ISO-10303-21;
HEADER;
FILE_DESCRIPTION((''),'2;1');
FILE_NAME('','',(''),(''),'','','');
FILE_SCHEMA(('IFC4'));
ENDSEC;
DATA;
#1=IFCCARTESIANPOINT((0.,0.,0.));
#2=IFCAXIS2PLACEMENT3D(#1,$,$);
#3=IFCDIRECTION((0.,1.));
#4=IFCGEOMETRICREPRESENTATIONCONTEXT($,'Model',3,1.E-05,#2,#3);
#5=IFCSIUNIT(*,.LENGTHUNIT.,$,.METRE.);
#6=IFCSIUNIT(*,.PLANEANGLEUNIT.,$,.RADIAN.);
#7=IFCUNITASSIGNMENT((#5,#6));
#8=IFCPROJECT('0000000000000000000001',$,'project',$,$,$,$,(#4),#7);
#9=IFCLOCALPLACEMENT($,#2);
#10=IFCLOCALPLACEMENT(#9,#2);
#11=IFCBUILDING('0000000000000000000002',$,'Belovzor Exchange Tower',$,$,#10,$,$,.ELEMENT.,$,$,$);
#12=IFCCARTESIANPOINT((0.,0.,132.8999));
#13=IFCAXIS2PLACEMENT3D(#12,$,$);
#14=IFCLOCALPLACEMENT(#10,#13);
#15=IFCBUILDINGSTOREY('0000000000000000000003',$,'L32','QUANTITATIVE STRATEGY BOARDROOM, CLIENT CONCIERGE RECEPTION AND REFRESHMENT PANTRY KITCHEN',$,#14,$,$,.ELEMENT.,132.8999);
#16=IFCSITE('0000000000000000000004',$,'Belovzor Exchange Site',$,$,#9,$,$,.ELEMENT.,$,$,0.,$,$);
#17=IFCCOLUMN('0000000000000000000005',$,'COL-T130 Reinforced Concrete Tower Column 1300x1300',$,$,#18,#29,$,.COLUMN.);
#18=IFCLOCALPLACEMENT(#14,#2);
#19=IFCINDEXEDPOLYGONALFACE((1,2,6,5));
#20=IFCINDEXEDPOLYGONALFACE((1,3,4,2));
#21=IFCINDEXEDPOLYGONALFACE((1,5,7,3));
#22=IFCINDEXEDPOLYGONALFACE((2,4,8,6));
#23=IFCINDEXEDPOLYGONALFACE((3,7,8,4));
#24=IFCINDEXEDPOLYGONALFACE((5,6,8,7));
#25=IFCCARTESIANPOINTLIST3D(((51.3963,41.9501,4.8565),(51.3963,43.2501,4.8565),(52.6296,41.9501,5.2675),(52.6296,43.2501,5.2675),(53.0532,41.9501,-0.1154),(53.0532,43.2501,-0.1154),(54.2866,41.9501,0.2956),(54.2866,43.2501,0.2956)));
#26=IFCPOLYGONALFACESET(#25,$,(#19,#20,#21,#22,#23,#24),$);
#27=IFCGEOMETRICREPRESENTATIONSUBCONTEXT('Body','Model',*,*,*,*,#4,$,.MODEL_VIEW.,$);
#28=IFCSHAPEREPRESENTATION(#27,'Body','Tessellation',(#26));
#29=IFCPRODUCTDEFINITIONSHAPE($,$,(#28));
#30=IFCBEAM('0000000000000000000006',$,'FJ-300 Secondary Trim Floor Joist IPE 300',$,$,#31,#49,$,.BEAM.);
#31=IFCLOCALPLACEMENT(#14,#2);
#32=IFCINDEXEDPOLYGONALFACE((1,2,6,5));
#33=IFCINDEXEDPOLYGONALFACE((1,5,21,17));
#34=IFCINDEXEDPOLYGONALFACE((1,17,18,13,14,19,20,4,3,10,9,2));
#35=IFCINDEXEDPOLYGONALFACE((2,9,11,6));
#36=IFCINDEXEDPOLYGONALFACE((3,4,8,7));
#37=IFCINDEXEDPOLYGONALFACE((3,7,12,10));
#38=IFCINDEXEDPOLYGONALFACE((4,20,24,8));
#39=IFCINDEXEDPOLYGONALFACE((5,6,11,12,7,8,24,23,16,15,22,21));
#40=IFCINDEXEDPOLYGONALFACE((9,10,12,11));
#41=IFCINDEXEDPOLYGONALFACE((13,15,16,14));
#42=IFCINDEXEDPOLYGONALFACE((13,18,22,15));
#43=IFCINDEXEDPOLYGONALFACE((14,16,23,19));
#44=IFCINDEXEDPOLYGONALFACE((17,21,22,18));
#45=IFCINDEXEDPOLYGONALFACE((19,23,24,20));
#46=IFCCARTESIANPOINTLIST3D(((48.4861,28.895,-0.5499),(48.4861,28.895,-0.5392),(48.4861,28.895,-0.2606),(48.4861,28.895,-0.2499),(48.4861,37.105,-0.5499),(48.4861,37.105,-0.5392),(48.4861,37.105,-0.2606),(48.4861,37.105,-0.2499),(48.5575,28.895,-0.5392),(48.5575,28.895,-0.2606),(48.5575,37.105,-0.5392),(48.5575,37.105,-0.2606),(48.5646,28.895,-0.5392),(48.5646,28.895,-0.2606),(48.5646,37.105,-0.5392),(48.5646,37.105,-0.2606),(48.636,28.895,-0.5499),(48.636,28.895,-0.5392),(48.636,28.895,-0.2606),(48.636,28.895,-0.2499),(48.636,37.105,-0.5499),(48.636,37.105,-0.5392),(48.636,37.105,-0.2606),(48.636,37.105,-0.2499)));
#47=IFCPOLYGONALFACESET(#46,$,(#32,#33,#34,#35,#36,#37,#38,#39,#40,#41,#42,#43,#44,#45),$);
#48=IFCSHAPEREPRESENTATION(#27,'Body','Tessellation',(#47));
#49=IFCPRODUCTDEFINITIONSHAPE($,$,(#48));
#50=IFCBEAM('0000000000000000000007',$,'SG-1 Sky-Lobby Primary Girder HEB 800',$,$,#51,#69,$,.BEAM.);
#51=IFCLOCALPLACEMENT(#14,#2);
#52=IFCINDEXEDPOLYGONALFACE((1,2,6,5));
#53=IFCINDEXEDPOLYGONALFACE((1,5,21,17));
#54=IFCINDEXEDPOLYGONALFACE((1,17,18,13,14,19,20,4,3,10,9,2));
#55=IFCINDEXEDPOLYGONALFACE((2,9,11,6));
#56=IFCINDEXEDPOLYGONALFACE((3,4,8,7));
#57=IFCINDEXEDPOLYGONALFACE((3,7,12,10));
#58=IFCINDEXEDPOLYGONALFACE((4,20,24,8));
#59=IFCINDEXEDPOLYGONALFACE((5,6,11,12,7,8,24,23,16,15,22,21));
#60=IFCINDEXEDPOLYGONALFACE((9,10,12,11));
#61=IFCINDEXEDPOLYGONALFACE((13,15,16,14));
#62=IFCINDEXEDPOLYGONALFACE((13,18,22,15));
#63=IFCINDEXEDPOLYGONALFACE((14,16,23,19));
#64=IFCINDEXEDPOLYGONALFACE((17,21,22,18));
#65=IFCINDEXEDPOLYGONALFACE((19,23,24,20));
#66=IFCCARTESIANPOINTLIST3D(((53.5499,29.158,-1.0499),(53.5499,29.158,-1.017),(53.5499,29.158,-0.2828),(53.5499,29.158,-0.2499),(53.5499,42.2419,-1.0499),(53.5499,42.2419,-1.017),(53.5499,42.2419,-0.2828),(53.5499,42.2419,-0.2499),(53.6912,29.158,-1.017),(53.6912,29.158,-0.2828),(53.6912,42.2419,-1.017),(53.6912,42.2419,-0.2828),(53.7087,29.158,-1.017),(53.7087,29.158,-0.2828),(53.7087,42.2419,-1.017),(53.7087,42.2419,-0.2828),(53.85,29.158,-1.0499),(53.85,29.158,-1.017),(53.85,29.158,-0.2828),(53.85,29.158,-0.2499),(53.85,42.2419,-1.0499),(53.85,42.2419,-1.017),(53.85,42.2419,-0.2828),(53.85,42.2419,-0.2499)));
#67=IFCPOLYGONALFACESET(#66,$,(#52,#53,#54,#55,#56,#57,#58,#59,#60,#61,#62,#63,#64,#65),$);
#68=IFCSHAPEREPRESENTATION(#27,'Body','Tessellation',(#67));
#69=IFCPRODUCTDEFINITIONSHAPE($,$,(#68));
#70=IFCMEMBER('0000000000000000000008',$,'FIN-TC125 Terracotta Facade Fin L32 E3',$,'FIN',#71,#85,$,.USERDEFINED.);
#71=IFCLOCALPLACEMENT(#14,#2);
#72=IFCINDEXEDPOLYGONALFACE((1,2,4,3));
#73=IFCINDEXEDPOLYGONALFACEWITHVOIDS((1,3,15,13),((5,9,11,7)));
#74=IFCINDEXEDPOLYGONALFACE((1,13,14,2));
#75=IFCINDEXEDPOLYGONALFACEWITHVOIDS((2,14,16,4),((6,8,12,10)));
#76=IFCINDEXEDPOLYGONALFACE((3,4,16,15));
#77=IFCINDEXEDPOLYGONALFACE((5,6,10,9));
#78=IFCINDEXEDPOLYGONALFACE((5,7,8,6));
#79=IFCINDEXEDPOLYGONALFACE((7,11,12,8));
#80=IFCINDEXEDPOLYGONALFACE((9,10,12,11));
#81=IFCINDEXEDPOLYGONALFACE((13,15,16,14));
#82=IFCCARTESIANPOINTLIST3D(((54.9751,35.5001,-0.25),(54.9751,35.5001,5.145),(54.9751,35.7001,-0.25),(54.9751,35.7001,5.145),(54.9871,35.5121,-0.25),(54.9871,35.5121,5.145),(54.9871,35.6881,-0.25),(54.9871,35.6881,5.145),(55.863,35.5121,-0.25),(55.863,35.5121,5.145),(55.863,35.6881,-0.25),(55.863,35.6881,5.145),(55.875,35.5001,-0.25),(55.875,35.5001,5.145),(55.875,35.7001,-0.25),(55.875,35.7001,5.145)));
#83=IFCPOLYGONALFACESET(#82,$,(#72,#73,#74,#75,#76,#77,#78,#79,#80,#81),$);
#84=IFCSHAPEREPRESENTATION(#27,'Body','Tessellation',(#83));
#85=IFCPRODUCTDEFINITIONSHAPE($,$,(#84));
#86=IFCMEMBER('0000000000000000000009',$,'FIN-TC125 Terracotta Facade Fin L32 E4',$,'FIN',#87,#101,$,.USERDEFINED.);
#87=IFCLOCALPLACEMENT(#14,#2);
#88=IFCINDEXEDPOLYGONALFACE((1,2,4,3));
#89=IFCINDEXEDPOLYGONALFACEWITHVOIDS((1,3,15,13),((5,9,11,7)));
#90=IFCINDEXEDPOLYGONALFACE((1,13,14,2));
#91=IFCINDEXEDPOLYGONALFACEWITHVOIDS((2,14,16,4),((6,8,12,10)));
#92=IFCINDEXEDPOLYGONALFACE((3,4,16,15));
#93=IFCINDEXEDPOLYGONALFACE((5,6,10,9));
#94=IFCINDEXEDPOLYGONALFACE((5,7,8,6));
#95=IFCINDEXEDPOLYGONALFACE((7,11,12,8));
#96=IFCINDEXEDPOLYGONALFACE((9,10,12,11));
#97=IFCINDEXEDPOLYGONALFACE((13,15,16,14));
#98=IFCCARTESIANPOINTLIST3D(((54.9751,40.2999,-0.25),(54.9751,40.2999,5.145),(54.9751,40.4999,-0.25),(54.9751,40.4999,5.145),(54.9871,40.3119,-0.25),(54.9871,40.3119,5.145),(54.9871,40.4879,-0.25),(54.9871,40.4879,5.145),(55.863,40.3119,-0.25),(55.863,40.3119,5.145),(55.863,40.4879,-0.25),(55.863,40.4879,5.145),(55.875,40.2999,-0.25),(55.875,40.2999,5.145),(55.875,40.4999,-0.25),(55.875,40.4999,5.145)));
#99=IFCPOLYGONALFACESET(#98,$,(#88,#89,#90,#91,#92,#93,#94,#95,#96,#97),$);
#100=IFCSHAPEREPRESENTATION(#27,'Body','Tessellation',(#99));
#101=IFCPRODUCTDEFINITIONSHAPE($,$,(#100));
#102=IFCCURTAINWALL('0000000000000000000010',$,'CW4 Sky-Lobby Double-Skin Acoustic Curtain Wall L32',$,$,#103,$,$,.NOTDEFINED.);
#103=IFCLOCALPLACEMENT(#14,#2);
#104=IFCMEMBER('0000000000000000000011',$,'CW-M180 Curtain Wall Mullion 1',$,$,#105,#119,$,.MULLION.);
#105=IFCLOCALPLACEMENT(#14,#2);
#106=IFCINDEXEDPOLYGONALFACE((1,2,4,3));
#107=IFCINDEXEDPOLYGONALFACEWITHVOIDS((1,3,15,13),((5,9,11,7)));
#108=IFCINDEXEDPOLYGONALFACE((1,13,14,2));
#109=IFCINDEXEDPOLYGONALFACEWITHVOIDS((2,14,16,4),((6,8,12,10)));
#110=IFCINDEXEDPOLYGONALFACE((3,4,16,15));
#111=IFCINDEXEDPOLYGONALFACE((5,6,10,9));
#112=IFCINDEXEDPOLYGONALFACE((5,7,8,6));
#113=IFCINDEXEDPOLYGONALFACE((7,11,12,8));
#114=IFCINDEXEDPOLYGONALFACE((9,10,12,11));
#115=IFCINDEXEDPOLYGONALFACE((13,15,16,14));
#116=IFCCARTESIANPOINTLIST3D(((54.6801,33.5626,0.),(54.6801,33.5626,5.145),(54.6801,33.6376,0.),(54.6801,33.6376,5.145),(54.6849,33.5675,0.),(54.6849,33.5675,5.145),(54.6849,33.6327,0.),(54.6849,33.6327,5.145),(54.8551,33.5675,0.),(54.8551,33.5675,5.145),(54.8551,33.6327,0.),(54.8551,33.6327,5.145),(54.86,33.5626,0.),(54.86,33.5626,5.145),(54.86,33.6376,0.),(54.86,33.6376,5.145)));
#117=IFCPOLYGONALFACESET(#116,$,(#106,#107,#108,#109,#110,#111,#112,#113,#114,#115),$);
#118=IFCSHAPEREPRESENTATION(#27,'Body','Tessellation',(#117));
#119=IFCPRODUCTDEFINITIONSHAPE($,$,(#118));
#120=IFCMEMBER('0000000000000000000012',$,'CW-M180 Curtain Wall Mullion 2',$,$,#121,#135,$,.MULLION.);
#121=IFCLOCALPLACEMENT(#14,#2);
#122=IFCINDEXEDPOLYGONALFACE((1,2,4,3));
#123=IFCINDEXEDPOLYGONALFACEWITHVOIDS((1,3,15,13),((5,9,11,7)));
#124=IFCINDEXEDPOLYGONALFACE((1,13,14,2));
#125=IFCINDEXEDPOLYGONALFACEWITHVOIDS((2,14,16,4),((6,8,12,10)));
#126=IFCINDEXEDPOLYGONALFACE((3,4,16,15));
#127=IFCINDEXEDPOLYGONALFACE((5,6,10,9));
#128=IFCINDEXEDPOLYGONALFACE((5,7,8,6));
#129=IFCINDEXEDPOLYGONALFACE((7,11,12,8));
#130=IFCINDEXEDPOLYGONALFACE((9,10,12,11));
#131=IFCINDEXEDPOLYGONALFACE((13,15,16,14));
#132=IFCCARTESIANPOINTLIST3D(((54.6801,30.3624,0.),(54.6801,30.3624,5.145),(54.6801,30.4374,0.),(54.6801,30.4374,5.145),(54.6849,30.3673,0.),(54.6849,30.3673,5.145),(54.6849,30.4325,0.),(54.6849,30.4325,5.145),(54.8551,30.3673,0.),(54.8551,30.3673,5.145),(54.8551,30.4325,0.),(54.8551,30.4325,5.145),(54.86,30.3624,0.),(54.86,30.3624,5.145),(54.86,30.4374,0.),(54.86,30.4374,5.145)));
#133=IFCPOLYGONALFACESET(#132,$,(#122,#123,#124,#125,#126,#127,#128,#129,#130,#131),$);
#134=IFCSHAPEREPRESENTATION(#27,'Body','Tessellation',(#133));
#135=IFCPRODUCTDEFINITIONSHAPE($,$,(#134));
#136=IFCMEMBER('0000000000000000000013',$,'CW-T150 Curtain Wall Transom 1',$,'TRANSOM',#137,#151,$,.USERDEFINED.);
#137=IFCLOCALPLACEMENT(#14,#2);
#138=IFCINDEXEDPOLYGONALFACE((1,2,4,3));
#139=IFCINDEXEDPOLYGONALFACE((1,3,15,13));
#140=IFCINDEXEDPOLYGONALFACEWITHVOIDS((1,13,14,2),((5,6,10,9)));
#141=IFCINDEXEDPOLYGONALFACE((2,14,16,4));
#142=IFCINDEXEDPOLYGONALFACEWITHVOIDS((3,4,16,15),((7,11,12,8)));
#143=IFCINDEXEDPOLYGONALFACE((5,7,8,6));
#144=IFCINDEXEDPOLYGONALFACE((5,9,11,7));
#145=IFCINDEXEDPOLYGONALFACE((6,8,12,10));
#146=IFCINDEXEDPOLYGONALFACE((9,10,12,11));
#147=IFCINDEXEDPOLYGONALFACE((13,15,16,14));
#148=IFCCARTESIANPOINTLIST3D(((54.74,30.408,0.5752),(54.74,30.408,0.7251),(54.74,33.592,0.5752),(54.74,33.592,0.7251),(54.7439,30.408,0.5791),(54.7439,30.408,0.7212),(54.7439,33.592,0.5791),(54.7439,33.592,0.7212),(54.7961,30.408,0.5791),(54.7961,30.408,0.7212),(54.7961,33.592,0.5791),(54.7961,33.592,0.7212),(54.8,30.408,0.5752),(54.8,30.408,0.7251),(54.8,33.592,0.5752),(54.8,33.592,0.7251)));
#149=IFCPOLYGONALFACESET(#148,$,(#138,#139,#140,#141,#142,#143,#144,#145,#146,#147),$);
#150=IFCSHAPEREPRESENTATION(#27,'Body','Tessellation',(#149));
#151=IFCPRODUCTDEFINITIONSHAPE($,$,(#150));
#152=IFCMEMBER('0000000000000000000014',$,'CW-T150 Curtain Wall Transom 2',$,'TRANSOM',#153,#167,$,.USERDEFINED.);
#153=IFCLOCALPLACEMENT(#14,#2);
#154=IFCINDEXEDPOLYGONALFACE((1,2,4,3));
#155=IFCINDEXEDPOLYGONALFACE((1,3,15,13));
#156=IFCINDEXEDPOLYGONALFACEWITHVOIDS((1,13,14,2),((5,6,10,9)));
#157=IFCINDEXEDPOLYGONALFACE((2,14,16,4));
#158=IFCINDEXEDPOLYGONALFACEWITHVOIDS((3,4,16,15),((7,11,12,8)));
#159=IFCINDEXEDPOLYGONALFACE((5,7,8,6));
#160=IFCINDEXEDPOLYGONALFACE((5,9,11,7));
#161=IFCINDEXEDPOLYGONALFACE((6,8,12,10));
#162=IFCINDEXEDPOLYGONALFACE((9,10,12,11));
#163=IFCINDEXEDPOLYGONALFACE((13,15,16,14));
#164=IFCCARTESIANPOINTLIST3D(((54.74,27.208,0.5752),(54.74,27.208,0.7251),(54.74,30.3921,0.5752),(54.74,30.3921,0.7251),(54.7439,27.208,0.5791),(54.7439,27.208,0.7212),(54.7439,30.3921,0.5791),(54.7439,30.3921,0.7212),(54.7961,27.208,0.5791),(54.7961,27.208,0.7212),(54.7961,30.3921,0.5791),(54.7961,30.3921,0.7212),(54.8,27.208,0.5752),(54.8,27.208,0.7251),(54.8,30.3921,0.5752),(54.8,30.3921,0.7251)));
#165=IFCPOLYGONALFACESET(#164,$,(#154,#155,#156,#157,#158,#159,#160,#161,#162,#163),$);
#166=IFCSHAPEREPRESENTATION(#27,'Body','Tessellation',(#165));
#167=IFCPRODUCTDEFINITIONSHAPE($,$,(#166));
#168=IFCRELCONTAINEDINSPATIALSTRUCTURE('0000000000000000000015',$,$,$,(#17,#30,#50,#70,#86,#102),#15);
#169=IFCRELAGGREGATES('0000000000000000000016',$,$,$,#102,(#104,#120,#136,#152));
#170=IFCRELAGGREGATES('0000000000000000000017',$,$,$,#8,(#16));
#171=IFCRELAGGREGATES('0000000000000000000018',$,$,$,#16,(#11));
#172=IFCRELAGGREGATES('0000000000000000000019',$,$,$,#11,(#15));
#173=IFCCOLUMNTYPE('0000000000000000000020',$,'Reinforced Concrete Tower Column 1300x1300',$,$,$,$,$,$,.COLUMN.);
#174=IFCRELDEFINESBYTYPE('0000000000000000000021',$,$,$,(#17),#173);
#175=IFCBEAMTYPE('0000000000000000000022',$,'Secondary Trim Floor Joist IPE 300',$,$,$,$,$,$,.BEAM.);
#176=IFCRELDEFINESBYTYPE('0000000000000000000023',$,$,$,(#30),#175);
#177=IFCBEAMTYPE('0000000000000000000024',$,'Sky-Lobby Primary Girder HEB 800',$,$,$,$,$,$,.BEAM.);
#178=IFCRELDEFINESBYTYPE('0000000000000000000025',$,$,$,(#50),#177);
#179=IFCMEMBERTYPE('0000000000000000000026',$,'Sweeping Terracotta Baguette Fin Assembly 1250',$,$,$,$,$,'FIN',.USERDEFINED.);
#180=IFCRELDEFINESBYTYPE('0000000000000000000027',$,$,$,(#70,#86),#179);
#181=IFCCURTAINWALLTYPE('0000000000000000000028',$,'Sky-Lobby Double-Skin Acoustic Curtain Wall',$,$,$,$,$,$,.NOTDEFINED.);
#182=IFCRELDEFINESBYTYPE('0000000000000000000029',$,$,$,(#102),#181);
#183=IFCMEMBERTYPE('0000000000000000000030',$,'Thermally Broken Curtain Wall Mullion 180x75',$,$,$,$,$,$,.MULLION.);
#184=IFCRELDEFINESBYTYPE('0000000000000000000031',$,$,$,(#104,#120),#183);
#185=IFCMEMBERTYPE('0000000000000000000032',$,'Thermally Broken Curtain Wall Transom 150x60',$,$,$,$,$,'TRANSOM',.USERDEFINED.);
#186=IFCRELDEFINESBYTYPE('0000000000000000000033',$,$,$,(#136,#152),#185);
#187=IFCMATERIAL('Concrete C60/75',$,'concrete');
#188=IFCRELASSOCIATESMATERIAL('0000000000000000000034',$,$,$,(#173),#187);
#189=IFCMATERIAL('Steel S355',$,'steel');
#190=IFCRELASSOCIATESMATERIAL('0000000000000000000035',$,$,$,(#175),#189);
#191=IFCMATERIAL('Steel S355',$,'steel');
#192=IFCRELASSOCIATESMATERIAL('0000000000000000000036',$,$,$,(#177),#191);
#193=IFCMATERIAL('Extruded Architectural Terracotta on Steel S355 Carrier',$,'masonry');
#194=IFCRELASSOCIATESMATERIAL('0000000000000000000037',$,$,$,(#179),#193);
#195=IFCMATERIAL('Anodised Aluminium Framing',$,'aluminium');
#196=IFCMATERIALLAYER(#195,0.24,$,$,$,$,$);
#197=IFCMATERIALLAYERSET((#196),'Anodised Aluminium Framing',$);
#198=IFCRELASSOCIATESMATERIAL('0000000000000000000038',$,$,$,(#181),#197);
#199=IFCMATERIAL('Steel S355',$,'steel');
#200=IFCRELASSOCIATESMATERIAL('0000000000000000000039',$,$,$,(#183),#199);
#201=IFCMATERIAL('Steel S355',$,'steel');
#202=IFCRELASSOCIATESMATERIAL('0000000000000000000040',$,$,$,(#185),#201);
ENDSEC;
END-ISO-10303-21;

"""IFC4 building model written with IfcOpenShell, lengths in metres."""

from ifc_helpers import new_model, si_unit, direction, frame, origin, origin_2d, place, context, subcontext, project, spatial, rectangle, hollow_rectangle, i_section, extrude, material, layer, layer_set, material_profile, profile_set, type_object, element, aggregate, save


model = new_model("IFC4")

# Units and contexts
model_context = context("Model", 3, precision=1e-05, world=origin(), true_north=direction((0.0, 1.0)))
body_context = subcontext(model_context, "Body", "Model", "MODEL_VIEW")
ifc_project = project(units=[si_unit("LENGTHUNIT", "METRE"), si_unit("PLANEANGLEUNIT", "RADIAN")], contexts=[model_context])

# Site, building, storey
site_placement = place(None, origin())
site = spatial("IfcSite", under=ifc_project, at=site_placement, Name="Belovzor Exchange Site", CompositionType="ELEMENT", RefElevation=0.0)
building_placement = place(site_placement, origin())
building = spatial("IfcBuilding", under=site, at=building_placement, Name="Belovzor Exchange Tower", CompositionType="ELEMENT")
storey_placement = place(building_placement, frame((0.0, 0.0, 132.8999)))
storey = spatial("IfcBuildingStorey", under=building, at=storey_placement, Name="L32", Description="QUANTITATIVE STRATEGY BOARDROOM, CLIENT CONCIERGE RECEPTION AND REFRESHMENT PANTRY KITCHEN", CompositionType="ELEMENT", Elevation=132.8999)

# Column
ifc_material_1 = material(Name="Concrete C60/75", Category="concrete")
ifc_material_profile_1 = material_profile(ifc_material_1, rectangle(XDim=1.3, YDim=1.3, at=origin_2d()))
ifc_profile_set_1 = profile_set([ifc_material_profile_1], Name="Concrete C60/75")
column_type = type_object("IfcColumnType", Name="Reinforced Concrete Tower Column 1300x1300", PredefinedType="COLUMN", material=ifc_profile_set_1)
column_placement = place(storey_placement, frame((53.6699, 42.6001, 0.0901), z_axis=(-0.316172, 0.0, 0.948702), x_axis=(0.0, -1.0, 0.0)))
element("IfcColumn", 1, at=column_placement, inside=storey, type_object=column_type, Name="COL-T130 Reinforced Concrete Tower Column 1300x1300", PredefinedType="COLUMN", context=body_context, shape_type="SweptSolid", body=[
    extrude(rectangle(XDim=1.3, YDim=1.3, at=origin_2d()), origin(), (0.0, 0.0, 1.0), 5.2407),
])

# Beams
ifc_material_2 = material(Name="Steel S355", Category="steel")
ifc_material_profile_2 = material_profile(ifc_material_2, i_section(OverallWidth=0.1499, OverallDepth=0.3, WebThickness=0.0071, FlangeThickness=0.0107, at=origin_2d()))
ifc_profile_set_2 = profile_set([ifc_material_profile_2], Name="Steel S355")
beam_type_1 = type_object("IfcBeamType", Name="Secondary Trim Floor Joist IPE 300", PredefinedType="BEAM", material=ifc_profile_set_2)
beam_1_placement = place(storey_placement, frame((48.561, 28.895, -0.3999), z_axis=(0.0, 1.0, 0.0), x_axis=(-1.0, 0.0, 0.0)))
element("IfcBeam", 2, at=beam_1_placement, inside=storey, type_object=beam_type_1, Name="FJ-300 Secondary Trim Floor Joist IPE 300", PredefinedType="BEAM", context=body_context, shape_type="SweptSolid", body=[
    extrude(i_section(OverallWidth=0.1499, OverallDepth=0.3, WebThickness=0.0071, FlangeThickness=0.0107, at=origin_2d()), origin(), (0.0, 0.0, 1.0), 8.21),
])
ifc_material_3 = material(Name="Steel S355", Category="steel")
ifc_material_profile_3 = material_profile(ifc_material_3, i_section(OverallWidth=0.3, OverallDepth=0.8, WebThickness=0.0176, FlangeThickness=0.033, at=origin_2d()))
ifc_profile_set_3 = profile_set([ifc_material_profile_3], Name="Steel S355")
beam_type_2 = type_object("IfcBeamType", Name="Sky-Lobby Primary Girder HEB 800", PredefinedType="BEAM", material=ifc_profile_set_3)
beam_2_placement = place(storey_placement, frame((53.7, 29.158, -0.6499), z_axis=(0.0, 1.0, 0.0), x_axis=(-1.0, 0.0, 0.0)))
element("IfcBeam", 3, at=beam_2_placement, inside=storey, type_object=beam_type_2, Name="SG-1 Sky-Lobby Primary Girder HEB 800", PredefinedType="BEAM", context=body_context, shape_type="SweptSolid", body=[
    extrude(i_section(OverallWidth=0.3, OverallDepth=0.8, WebThickness=0.0176, FlangeThickness=0.033, at=origin_2d()), origin(), (0.0, 0.0, 1.0), 13.084),
])

# Members
ifc_material_4 = material(Name="Extruded Architectural Terracotta on Steel S355 Carrier", Category="masonry")
ifc_material_profile_4 = material_profile(ifc_material_4, hollow_rectangle(XDim=0.2, YDim=0.8999, WallThickness=0.012, at=origin_2d()))
ifc_profile_set_4 = profile_set([ifc_material_profile_4], Name="Extruded Architectural Terracotta on Steel S355 Carrier")
member_type_1 = type_object("IfcMemberType", Name="Sweeping Terracotta Baguette Fin Assembly 1250", ElementType="FIN", PredefinedType="USERDEFINED", material=ifc_profile_set_4)
for number, where, z_axis, x_axis, name in (
    (4, (55.425, 35.6001, -0.25), (0.0, 0.0, 1.0), (0.0, 1.0, 0.0), "FIN-TC125 Terracotta Facade Fin L32 E3"),
    (5, (55.425, 40.3999, -0.25), (0.0, 0.0, 1.0), (0.0, 1.0, 0.0), "FIN-TC125 Terracotta Facade Fin L32 E4"),
):
    element("IfcMember", number, at=place(storey_placement, frame(where, z_axis=z_axis, x_axis=x_axis)), inside=storey, type_object=member_type_1, Name=name, ObjectType="FIN", PredefinedType="USERDEFINED", context=body_context, shape_type="SweptSolid", body=[
        extrude(hollow_rectangle(XDim=0.2, YDim=0.8999, WallThickness=0.012, at=origin_2d()), origin(), (0.0, 0.0, 1.0), 5.395),
    ])

# Curtain wall, members
ifc_material_5 = material(Name="Anodised Aluminium Framing", Category="aluminium")
ifc_layer_1 = layer(ifc_material_5, 0.24)
ifc_layer_set_1 = layer_set([ifc_layer_1], Name="Anodised Aluminium Framing")
curtain_wall_type = type_object("IfcCurtainWallType", Name="Sky-Lobby Double-Skin Acoustic Curtain Wall", PredefinedType="NOTDEFINED", material=ifc_layer_set_1)
curtain_wall_placement = place(storey_placement, origin())
curtain_wall = element("IfcCurtainWall", 6, at=curtain_wall_placement, inside=storey, type_object=curtain_wall_type, Name="CW4 Sky-Lobby Double-Skin Acoustic Curtain Wall L32", PredefinedType="NOTDEFINED")
ifc_material_6 = material(Name="Steel S355", Category="steel")
ifc_material_profile_5 = material_profile(ifc_material_6, hollow_rectangle(XDim=0.075, YDim=0.1799, WallThickness=0.0049, at=origin_2d()))
ifc_profile_set_5 = profile_set([ifc_material_profile_5], Name="Steel S355")
member_type_2 = type_object("IfcMemberType", Name="Thermally Broken Curtain Wall Mullion 180x75", PredefinedType="MULLION", material=ifc_profile_set_5)
member_1_placement = place(storey_placement, frame((54.77, 33.6001, 0.0), z_axis=(0.0, 0.0, 1.0), x_axis=(0.0, -1.0, 0.0)))
member_1 = element("IfcMember", 7, at=member_1_placement, type_object=member_type_2, Name="CW-M180 Curtain Wall Mullion 1", PredefinedType="MULLION", context=body_context, shape_type="SweptSolid", body=[
    extrude(hollow_rectangle(XDim=0.075, YDim=0.1799, WallThickness=0.0049, at=origin_2d()), origin(), (0.0, 0.0, 1.0), 5.145),
])
member_2_placement = place(storey_placement, frame((54.77, 30.3999, 0.0), z_axis=(0.0, 0.0, 1.0), x_axis=(0.0, -1.0, 0.0)))
member_2 = element("IfcMember", 8, at=member_2_placement, type_object=member_type_2, Name="CW-M180 Curtain Wall Mullion 2", PredefinedType="MULLION", context=body_context, shape_type="SweptSolid", body=[
    extrude(hollow_rectangle(XDim=0.075, YDim=0.1799, WallThickness=0.0049, at=origin_2d()), origin(), (0.0, 0.0, 1.0), 5.145),
])
ifc_material_7 = material(Name="Steel S355", Category="steel")
ifc_material_profile_6 = material_profile(ifc_material_7, hollow_rectangle(XDim=0.0601, YDim=0.1499, WallThickness=0.0039, at=origin_2d()))
ifc_profile_set_6 = profile_set([ifc_material_profile_6], Name="Steel S355")
member_type_3 = type_object("IfcMemberType", Name="Thermally Broken Curtain Wall Transom 150x60", ElementType="TRANSOM", PredefinedType="USERDEFINED", material=ifc_profile_set_6)
member_3_placement = place(storey_placement, frame((54.77, 33.592, 0.6501), z_axis=(0.0, -1.0, 0.0), x_axis=(1.0, 0.0, 0.0)))
member_3 = element("IfcMember", 9, at=member_3_placement, type_object=member_type_3, Name="CW-T150 Curtain Wall Transom 1", ObjectType="TRANSOM", PredefinedType="USERDEFINED", context=body_context, shape_type="SweptSolid", body=[
    extrude(hollow_rectangle(XDim=0.0601, YDim=0.1499, WallThickness=0.0039, at=origin_2d()), origin(), (0.0, 0.0, 1.0), 3.1841),
])
member_4_placement = place(storey_placement, frame((54.77, 30.3921, 0.6501), z_axis=(0.0, -1.0, 0.0), x_axis=(1.0, 0.0, 0.0)))
member_4 = element("IfcMember", 10, at=member_4_placement, type_object=member_type_3, Name="CW-T150 Curtain Wall Transom 2", ObjectType="TRANSOM", PredefinedType="USERDEFINED", context=body_context, shape_type="SweptSolid", body=[
    extrude(hollow_rectangle(XDim=0.0601, YDim=0.1499, WallThickness=0.0039, at=origin_2d()), origin(), (0.0, 0.0, 1.0), 3.1841),
])

aggregate(curtain_wall, [member_1, member_2, member_3, member_4])

save(model, "model.ifc")
